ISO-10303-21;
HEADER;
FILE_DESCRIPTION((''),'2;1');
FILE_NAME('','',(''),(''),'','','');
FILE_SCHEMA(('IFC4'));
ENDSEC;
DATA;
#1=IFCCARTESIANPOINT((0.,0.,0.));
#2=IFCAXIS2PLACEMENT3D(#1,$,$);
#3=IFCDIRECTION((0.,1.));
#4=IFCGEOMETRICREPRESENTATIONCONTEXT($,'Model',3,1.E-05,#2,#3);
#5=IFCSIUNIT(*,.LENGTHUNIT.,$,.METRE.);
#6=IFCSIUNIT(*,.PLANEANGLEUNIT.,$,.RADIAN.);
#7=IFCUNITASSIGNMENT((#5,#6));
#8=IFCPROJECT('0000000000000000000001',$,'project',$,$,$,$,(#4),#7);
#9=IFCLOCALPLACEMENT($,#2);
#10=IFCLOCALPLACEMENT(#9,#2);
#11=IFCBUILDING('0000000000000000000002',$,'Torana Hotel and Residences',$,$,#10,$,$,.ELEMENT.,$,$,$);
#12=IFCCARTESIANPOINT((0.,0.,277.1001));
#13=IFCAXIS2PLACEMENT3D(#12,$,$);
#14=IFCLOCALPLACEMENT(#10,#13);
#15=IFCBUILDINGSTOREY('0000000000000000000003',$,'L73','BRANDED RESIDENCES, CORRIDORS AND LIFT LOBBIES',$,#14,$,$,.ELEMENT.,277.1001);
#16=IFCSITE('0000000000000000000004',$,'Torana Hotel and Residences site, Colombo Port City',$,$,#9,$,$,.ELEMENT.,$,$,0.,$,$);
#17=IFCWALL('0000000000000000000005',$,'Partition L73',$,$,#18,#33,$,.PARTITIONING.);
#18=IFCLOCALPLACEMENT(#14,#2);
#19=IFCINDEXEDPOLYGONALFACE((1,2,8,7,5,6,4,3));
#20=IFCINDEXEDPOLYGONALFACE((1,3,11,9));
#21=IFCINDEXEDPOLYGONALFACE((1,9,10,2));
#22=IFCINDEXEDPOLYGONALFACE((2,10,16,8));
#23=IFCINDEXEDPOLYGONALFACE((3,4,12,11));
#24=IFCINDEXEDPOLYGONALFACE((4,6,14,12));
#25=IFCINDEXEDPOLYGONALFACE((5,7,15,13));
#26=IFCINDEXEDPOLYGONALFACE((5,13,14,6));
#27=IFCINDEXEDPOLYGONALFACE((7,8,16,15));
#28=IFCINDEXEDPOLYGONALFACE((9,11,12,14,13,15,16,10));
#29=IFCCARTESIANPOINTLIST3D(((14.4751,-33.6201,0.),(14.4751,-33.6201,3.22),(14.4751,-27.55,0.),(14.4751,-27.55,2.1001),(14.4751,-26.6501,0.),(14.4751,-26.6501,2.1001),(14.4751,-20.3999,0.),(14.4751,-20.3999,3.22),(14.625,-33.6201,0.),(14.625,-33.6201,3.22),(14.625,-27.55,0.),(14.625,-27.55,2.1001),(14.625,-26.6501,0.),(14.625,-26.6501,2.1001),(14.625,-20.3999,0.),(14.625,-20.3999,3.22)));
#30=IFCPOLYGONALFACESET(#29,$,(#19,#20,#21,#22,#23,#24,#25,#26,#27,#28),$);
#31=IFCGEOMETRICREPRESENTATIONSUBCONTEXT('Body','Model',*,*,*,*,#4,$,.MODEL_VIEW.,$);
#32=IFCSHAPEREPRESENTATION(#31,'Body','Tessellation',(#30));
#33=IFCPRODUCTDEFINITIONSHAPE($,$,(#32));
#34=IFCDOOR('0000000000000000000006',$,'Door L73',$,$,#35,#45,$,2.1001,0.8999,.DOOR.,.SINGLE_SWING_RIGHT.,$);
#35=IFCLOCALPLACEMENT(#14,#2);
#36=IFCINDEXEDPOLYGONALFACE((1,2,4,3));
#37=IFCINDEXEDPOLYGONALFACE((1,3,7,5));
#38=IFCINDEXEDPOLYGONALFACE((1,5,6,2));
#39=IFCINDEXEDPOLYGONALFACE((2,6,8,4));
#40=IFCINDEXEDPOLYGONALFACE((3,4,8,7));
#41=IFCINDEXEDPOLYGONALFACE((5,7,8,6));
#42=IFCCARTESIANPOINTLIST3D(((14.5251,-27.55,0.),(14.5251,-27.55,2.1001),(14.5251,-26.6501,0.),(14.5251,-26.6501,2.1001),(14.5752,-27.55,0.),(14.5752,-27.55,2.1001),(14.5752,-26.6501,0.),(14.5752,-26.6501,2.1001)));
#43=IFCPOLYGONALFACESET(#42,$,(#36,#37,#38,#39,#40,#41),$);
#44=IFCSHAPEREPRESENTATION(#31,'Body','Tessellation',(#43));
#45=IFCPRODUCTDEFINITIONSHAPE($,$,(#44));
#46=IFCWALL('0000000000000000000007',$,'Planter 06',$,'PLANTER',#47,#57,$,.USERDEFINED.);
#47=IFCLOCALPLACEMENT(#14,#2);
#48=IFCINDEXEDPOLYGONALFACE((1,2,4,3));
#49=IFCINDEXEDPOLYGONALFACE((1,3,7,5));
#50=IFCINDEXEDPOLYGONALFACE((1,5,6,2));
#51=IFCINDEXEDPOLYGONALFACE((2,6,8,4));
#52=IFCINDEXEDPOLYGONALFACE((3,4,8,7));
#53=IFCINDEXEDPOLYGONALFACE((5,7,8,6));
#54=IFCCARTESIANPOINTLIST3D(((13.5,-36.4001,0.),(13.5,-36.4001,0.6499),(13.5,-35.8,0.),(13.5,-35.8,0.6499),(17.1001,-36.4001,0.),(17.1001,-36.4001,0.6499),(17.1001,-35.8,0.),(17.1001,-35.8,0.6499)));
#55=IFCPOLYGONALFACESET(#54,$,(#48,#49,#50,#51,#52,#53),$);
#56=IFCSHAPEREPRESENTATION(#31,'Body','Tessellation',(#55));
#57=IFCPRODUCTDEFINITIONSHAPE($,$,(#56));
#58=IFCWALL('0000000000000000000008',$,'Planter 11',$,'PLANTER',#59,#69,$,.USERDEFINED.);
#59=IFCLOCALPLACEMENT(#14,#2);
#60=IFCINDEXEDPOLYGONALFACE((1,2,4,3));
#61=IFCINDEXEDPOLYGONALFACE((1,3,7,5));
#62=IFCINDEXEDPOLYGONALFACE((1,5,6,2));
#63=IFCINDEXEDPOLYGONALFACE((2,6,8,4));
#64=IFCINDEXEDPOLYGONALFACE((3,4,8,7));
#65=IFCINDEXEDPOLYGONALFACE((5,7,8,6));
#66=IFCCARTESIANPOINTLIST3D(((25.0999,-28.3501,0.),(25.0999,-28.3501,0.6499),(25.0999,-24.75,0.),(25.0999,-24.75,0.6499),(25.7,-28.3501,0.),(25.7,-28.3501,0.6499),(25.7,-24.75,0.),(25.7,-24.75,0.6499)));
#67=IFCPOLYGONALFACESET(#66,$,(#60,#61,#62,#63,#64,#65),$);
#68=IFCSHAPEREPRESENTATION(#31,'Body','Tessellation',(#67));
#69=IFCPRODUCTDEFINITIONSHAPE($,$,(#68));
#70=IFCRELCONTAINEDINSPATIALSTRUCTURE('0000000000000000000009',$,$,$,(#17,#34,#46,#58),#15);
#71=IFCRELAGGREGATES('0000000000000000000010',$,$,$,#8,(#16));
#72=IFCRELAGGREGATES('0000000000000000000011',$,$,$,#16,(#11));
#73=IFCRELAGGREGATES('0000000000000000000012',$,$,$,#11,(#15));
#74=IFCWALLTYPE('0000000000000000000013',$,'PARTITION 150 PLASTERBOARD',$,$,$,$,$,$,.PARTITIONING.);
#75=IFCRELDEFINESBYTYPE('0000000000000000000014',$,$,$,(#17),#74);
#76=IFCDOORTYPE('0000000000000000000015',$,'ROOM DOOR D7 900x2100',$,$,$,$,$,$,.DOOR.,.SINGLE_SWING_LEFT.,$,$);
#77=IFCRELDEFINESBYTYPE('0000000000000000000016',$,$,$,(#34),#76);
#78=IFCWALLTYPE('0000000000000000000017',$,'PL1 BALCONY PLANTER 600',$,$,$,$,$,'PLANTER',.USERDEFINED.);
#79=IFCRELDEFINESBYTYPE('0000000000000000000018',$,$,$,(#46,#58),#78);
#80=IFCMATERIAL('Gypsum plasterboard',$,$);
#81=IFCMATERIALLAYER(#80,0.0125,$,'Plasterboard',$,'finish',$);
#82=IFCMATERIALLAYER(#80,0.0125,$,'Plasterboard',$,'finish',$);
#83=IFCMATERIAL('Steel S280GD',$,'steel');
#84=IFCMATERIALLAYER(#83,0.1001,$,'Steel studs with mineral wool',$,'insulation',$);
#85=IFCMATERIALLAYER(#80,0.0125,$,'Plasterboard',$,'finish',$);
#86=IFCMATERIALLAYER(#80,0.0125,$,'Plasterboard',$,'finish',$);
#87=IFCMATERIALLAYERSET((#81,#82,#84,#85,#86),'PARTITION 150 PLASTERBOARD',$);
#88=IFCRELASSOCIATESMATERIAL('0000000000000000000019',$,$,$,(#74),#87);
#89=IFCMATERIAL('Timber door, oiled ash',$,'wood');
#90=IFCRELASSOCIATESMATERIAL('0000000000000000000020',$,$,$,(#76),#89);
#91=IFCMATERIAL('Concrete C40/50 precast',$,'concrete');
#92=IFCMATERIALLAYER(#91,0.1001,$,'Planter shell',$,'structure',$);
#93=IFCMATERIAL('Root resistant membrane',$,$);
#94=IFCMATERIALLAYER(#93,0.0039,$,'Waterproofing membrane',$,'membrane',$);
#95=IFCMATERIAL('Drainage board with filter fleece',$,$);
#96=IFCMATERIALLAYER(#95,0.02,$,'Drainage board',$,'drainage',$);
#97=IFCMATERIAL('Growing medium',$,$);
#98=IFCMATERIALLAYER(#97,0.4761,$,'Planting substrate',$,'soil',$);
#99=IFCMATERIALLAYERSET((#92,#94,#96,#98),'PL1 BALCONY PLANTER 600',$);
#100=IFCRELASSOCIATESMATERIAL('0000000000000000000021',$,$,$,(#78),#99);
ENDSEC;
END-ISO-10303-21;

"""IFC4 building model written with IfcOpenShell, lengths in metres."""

from ifc_helpers import new_model, si_unit, direction, frame, frame_2d, origin, place, context, subcontext, project, spatial, rectangle, extrude, material, layer, layer_set, type_object, element, fill, save


model = new_model("IFC4")

# Units and contexts
model_context = context("Model", 3, precision=1e-05, world=origin(), true_north=direction((0.0, 1.0)))
body_context = subcontext(model_context, "Body", "Model", "MODEL_VIEW")
ifc_project = project(units=[si_unit("LENGTHUNIT", "METRE"), si_unit("PLANEANGLEUNIT", "RADIAN")], contexts=[model_context])

# Site, building, storey
site_placement = place(None, origin())
site = spatial("IfcSite", under=ifc_project, at=site_placement, Name="Torana Hotel and Residences site, Colombo Port City", CompositionType="ELEMENT", RefElevation=0.0)
building_placement = place(site_placement, origin())
building = spatial("IfcBuilding", under=site, at=building_placement, Name="Torana Hotel and Residences", CompositionType="ELEMENT")
storey_placement = place(building_placement, frame((0.0, 0.0, 277.1001)))
storey = spatial("IfcBuildingStorey", under=building, at=storey_placement, Name="L73", Description="BRANDED RESIDENCES, CORRIDORS AND LIFT LOBBIES", CompositionType="ELEMENT", Elevation=277.1001)

# Shared definitions
ifc_material_1 = material(Name="Steel S280GD", Category="steel")

# Wall, opening, door
ifc_material_2 = material(Name="Gypsum plasterboard")
ifc_layer_1 = layer(ifc_material_2, 0.0125, Name="Plasterboard", Category="finish")
ifc_layer_2 = layer(ifc_material_2, 0.0125, Name="Plasterboard", Category="finish")
ifc_layer_3 = layer(ifc_material_1, 0.1001, Name="Steel studs with mineral wool", Category="insulation")
ifc_layer_4 = layer(ifc_material_2, 0.0125, Name="Plasterboard", Category="finish")
ifc_layer_5 = layer(ifc_material_2, 0.0125, Name="Plasterboard", Category="finish")
ifc_layer_set_1 = layer_set([ifc_layer_1, ifc_layer_2, ifc_layer_3, ifc_layer_4, ifc_layer_5], Name="PARTITION 150 PLASTERBOARD")
wall_type_1 = type_object("IfcWallType", Name="PARTITION 150 PLASTERBOARD", PredefinedType="PARTITIONING", material=ifc_layer_set_1)
ifc_material_3 = material(Name="Timber door, oiled ash", Category="wood")
door_type_1 = type_object("IfcDoorType", Name="ROOM DOOR D7 900x2100", OperationType="SINGLE_SWING_LEFT", PredefinedType="DOOR", material=ifc_material_3)
wall_1_placement = place(storey_placement, frame((14.55, -33.6201, 0.0), z_axis=(0.0, 0.0, 1.0), x_axis=(0.0, 1.0, 0.0)))
wall_1 = element("IfcWall", 1, at=wall_1_placement, inside=storey, type_object=wall_type_1, Name="Partition L73", PredefinedType="PARTITIONING", context=body_context, shape_type="SweptSolid", body=[
    extrude(rectangle(XDim=13.2202, YDim=0.1499, at=frame_2d((6.6101, 0.0))), origin(), (0.0, 0.0, 1.0), 3.22),
])
opening_1_placement = place(wall_1_placement, frame((6.0701, 0.0, 0.0)))
opening_1 = element("IfcOpeningElement", 2, at=opening_1_placement, cuts=wall_1, PredefinedType="OPENING", context=body_context, shape_type="SweptSolid", body=[
    extrude(rectangle(XDim=0.8999, YDim=2.1001, at=frame_2d((0.45, 1.05))), frame((0.0, 0.085, 0.0), z_axis=(0.0, -1.0, 0.0), x_axis=(1.0, 0.0, 0.0)), (0.0, 0.0, 1.0), 0.1699),
])
door_1_placement = place(opening_1_placement, origin())
door_1 = element("IfcDoor", 3, at=door_1_placement, inside=storey, type_object=door_type_1, Name="Door L73", OperationType="SINGLE_SWING_RIGHT", OverallHeight=2.1001, OverallWidth=0.8999, PredefinedType="DOOR", context=body_context, shape_type="SweptSolid", body=[
    extrude(rectangle(XDim=0.8999, YDim=2.1001, at=frame_2d((0.45, 1.05))), frame((0.0, 0.0249, 0.0), z_axis=(0.0, -1.0, 0.0), x_axis=(1.0, 0.0, 0.0)), (0.0, 0.0, 1.0), 0.05),
])
fill(opening_1, door_1)

# Walls
ifc_material_4 = material(Name="Concrete C40/50 precast", Category="concrete")
ifc_layer_6 = layer(ifc_material_4, 0.1001, Name="Planter shell", Category="structure")
ifc_material_5 = material(Name="Root resistant membrane")
ifc_layer_7 = layer(ifc_material_5, 0.0039, Name="Waterproofing membrane", Category="membrane")
ifc_material_6 = material(Name="Drainage board with filter fleece")
ifc_layer_8 = layer(ifc_material_6, 0.02, Name="Drainage board", Category="drainage")
ifc_material_7 = material(Name="Growing medium")
ifc_layer_9 = layer(ifc_material_7, 0.4761, Name="Planting substrate", Category="soil")
ifc_layer_set_2 = layer_set([ifc_layer_6, ifc_layer_7, ifc_layer_8, ifc_layer_9], Name="PL1 BALCONY PLANTER 600")
wall_type_2 = type_object("IfcWallType", Name="PL1 BALCONY PLANTER 600", ElementType="PLANTER", PredefinedType="USERDEFINED", material=ifc_layer_set_2)
for number, where, z_axis, x_axis, name in (
    (4, (17.1001, -36.1001, 0.0), (0.0, 0.0, 1.0), (-1.0, 0.0, 0.0), "Planter 06"),
    (5, (25.3999, -24.75, 0.0), (0.0, 0.0, 1.0), (0.0, -1.0, 0.0), "Planter 11"),
):
    element("IfcWall", number, at=place(storey_placement, frame(where, z_axis=z_axis, x_axis=x_axis)), inside=storey, type_object=wall_type_2, Name=name, ObjectType="PLANTER", PredefinedType="USERDEFINED", context=body_context, shape_type="SweptSolid", body=[
        extrude(rectangle(XDim=3.6001, YDim=0.6001, at=frame_2d((1.8, 0.0))), origin(), (0.0, 0.0, 1.0), 0.6499),
    ])

save(model, "model.ifc")
